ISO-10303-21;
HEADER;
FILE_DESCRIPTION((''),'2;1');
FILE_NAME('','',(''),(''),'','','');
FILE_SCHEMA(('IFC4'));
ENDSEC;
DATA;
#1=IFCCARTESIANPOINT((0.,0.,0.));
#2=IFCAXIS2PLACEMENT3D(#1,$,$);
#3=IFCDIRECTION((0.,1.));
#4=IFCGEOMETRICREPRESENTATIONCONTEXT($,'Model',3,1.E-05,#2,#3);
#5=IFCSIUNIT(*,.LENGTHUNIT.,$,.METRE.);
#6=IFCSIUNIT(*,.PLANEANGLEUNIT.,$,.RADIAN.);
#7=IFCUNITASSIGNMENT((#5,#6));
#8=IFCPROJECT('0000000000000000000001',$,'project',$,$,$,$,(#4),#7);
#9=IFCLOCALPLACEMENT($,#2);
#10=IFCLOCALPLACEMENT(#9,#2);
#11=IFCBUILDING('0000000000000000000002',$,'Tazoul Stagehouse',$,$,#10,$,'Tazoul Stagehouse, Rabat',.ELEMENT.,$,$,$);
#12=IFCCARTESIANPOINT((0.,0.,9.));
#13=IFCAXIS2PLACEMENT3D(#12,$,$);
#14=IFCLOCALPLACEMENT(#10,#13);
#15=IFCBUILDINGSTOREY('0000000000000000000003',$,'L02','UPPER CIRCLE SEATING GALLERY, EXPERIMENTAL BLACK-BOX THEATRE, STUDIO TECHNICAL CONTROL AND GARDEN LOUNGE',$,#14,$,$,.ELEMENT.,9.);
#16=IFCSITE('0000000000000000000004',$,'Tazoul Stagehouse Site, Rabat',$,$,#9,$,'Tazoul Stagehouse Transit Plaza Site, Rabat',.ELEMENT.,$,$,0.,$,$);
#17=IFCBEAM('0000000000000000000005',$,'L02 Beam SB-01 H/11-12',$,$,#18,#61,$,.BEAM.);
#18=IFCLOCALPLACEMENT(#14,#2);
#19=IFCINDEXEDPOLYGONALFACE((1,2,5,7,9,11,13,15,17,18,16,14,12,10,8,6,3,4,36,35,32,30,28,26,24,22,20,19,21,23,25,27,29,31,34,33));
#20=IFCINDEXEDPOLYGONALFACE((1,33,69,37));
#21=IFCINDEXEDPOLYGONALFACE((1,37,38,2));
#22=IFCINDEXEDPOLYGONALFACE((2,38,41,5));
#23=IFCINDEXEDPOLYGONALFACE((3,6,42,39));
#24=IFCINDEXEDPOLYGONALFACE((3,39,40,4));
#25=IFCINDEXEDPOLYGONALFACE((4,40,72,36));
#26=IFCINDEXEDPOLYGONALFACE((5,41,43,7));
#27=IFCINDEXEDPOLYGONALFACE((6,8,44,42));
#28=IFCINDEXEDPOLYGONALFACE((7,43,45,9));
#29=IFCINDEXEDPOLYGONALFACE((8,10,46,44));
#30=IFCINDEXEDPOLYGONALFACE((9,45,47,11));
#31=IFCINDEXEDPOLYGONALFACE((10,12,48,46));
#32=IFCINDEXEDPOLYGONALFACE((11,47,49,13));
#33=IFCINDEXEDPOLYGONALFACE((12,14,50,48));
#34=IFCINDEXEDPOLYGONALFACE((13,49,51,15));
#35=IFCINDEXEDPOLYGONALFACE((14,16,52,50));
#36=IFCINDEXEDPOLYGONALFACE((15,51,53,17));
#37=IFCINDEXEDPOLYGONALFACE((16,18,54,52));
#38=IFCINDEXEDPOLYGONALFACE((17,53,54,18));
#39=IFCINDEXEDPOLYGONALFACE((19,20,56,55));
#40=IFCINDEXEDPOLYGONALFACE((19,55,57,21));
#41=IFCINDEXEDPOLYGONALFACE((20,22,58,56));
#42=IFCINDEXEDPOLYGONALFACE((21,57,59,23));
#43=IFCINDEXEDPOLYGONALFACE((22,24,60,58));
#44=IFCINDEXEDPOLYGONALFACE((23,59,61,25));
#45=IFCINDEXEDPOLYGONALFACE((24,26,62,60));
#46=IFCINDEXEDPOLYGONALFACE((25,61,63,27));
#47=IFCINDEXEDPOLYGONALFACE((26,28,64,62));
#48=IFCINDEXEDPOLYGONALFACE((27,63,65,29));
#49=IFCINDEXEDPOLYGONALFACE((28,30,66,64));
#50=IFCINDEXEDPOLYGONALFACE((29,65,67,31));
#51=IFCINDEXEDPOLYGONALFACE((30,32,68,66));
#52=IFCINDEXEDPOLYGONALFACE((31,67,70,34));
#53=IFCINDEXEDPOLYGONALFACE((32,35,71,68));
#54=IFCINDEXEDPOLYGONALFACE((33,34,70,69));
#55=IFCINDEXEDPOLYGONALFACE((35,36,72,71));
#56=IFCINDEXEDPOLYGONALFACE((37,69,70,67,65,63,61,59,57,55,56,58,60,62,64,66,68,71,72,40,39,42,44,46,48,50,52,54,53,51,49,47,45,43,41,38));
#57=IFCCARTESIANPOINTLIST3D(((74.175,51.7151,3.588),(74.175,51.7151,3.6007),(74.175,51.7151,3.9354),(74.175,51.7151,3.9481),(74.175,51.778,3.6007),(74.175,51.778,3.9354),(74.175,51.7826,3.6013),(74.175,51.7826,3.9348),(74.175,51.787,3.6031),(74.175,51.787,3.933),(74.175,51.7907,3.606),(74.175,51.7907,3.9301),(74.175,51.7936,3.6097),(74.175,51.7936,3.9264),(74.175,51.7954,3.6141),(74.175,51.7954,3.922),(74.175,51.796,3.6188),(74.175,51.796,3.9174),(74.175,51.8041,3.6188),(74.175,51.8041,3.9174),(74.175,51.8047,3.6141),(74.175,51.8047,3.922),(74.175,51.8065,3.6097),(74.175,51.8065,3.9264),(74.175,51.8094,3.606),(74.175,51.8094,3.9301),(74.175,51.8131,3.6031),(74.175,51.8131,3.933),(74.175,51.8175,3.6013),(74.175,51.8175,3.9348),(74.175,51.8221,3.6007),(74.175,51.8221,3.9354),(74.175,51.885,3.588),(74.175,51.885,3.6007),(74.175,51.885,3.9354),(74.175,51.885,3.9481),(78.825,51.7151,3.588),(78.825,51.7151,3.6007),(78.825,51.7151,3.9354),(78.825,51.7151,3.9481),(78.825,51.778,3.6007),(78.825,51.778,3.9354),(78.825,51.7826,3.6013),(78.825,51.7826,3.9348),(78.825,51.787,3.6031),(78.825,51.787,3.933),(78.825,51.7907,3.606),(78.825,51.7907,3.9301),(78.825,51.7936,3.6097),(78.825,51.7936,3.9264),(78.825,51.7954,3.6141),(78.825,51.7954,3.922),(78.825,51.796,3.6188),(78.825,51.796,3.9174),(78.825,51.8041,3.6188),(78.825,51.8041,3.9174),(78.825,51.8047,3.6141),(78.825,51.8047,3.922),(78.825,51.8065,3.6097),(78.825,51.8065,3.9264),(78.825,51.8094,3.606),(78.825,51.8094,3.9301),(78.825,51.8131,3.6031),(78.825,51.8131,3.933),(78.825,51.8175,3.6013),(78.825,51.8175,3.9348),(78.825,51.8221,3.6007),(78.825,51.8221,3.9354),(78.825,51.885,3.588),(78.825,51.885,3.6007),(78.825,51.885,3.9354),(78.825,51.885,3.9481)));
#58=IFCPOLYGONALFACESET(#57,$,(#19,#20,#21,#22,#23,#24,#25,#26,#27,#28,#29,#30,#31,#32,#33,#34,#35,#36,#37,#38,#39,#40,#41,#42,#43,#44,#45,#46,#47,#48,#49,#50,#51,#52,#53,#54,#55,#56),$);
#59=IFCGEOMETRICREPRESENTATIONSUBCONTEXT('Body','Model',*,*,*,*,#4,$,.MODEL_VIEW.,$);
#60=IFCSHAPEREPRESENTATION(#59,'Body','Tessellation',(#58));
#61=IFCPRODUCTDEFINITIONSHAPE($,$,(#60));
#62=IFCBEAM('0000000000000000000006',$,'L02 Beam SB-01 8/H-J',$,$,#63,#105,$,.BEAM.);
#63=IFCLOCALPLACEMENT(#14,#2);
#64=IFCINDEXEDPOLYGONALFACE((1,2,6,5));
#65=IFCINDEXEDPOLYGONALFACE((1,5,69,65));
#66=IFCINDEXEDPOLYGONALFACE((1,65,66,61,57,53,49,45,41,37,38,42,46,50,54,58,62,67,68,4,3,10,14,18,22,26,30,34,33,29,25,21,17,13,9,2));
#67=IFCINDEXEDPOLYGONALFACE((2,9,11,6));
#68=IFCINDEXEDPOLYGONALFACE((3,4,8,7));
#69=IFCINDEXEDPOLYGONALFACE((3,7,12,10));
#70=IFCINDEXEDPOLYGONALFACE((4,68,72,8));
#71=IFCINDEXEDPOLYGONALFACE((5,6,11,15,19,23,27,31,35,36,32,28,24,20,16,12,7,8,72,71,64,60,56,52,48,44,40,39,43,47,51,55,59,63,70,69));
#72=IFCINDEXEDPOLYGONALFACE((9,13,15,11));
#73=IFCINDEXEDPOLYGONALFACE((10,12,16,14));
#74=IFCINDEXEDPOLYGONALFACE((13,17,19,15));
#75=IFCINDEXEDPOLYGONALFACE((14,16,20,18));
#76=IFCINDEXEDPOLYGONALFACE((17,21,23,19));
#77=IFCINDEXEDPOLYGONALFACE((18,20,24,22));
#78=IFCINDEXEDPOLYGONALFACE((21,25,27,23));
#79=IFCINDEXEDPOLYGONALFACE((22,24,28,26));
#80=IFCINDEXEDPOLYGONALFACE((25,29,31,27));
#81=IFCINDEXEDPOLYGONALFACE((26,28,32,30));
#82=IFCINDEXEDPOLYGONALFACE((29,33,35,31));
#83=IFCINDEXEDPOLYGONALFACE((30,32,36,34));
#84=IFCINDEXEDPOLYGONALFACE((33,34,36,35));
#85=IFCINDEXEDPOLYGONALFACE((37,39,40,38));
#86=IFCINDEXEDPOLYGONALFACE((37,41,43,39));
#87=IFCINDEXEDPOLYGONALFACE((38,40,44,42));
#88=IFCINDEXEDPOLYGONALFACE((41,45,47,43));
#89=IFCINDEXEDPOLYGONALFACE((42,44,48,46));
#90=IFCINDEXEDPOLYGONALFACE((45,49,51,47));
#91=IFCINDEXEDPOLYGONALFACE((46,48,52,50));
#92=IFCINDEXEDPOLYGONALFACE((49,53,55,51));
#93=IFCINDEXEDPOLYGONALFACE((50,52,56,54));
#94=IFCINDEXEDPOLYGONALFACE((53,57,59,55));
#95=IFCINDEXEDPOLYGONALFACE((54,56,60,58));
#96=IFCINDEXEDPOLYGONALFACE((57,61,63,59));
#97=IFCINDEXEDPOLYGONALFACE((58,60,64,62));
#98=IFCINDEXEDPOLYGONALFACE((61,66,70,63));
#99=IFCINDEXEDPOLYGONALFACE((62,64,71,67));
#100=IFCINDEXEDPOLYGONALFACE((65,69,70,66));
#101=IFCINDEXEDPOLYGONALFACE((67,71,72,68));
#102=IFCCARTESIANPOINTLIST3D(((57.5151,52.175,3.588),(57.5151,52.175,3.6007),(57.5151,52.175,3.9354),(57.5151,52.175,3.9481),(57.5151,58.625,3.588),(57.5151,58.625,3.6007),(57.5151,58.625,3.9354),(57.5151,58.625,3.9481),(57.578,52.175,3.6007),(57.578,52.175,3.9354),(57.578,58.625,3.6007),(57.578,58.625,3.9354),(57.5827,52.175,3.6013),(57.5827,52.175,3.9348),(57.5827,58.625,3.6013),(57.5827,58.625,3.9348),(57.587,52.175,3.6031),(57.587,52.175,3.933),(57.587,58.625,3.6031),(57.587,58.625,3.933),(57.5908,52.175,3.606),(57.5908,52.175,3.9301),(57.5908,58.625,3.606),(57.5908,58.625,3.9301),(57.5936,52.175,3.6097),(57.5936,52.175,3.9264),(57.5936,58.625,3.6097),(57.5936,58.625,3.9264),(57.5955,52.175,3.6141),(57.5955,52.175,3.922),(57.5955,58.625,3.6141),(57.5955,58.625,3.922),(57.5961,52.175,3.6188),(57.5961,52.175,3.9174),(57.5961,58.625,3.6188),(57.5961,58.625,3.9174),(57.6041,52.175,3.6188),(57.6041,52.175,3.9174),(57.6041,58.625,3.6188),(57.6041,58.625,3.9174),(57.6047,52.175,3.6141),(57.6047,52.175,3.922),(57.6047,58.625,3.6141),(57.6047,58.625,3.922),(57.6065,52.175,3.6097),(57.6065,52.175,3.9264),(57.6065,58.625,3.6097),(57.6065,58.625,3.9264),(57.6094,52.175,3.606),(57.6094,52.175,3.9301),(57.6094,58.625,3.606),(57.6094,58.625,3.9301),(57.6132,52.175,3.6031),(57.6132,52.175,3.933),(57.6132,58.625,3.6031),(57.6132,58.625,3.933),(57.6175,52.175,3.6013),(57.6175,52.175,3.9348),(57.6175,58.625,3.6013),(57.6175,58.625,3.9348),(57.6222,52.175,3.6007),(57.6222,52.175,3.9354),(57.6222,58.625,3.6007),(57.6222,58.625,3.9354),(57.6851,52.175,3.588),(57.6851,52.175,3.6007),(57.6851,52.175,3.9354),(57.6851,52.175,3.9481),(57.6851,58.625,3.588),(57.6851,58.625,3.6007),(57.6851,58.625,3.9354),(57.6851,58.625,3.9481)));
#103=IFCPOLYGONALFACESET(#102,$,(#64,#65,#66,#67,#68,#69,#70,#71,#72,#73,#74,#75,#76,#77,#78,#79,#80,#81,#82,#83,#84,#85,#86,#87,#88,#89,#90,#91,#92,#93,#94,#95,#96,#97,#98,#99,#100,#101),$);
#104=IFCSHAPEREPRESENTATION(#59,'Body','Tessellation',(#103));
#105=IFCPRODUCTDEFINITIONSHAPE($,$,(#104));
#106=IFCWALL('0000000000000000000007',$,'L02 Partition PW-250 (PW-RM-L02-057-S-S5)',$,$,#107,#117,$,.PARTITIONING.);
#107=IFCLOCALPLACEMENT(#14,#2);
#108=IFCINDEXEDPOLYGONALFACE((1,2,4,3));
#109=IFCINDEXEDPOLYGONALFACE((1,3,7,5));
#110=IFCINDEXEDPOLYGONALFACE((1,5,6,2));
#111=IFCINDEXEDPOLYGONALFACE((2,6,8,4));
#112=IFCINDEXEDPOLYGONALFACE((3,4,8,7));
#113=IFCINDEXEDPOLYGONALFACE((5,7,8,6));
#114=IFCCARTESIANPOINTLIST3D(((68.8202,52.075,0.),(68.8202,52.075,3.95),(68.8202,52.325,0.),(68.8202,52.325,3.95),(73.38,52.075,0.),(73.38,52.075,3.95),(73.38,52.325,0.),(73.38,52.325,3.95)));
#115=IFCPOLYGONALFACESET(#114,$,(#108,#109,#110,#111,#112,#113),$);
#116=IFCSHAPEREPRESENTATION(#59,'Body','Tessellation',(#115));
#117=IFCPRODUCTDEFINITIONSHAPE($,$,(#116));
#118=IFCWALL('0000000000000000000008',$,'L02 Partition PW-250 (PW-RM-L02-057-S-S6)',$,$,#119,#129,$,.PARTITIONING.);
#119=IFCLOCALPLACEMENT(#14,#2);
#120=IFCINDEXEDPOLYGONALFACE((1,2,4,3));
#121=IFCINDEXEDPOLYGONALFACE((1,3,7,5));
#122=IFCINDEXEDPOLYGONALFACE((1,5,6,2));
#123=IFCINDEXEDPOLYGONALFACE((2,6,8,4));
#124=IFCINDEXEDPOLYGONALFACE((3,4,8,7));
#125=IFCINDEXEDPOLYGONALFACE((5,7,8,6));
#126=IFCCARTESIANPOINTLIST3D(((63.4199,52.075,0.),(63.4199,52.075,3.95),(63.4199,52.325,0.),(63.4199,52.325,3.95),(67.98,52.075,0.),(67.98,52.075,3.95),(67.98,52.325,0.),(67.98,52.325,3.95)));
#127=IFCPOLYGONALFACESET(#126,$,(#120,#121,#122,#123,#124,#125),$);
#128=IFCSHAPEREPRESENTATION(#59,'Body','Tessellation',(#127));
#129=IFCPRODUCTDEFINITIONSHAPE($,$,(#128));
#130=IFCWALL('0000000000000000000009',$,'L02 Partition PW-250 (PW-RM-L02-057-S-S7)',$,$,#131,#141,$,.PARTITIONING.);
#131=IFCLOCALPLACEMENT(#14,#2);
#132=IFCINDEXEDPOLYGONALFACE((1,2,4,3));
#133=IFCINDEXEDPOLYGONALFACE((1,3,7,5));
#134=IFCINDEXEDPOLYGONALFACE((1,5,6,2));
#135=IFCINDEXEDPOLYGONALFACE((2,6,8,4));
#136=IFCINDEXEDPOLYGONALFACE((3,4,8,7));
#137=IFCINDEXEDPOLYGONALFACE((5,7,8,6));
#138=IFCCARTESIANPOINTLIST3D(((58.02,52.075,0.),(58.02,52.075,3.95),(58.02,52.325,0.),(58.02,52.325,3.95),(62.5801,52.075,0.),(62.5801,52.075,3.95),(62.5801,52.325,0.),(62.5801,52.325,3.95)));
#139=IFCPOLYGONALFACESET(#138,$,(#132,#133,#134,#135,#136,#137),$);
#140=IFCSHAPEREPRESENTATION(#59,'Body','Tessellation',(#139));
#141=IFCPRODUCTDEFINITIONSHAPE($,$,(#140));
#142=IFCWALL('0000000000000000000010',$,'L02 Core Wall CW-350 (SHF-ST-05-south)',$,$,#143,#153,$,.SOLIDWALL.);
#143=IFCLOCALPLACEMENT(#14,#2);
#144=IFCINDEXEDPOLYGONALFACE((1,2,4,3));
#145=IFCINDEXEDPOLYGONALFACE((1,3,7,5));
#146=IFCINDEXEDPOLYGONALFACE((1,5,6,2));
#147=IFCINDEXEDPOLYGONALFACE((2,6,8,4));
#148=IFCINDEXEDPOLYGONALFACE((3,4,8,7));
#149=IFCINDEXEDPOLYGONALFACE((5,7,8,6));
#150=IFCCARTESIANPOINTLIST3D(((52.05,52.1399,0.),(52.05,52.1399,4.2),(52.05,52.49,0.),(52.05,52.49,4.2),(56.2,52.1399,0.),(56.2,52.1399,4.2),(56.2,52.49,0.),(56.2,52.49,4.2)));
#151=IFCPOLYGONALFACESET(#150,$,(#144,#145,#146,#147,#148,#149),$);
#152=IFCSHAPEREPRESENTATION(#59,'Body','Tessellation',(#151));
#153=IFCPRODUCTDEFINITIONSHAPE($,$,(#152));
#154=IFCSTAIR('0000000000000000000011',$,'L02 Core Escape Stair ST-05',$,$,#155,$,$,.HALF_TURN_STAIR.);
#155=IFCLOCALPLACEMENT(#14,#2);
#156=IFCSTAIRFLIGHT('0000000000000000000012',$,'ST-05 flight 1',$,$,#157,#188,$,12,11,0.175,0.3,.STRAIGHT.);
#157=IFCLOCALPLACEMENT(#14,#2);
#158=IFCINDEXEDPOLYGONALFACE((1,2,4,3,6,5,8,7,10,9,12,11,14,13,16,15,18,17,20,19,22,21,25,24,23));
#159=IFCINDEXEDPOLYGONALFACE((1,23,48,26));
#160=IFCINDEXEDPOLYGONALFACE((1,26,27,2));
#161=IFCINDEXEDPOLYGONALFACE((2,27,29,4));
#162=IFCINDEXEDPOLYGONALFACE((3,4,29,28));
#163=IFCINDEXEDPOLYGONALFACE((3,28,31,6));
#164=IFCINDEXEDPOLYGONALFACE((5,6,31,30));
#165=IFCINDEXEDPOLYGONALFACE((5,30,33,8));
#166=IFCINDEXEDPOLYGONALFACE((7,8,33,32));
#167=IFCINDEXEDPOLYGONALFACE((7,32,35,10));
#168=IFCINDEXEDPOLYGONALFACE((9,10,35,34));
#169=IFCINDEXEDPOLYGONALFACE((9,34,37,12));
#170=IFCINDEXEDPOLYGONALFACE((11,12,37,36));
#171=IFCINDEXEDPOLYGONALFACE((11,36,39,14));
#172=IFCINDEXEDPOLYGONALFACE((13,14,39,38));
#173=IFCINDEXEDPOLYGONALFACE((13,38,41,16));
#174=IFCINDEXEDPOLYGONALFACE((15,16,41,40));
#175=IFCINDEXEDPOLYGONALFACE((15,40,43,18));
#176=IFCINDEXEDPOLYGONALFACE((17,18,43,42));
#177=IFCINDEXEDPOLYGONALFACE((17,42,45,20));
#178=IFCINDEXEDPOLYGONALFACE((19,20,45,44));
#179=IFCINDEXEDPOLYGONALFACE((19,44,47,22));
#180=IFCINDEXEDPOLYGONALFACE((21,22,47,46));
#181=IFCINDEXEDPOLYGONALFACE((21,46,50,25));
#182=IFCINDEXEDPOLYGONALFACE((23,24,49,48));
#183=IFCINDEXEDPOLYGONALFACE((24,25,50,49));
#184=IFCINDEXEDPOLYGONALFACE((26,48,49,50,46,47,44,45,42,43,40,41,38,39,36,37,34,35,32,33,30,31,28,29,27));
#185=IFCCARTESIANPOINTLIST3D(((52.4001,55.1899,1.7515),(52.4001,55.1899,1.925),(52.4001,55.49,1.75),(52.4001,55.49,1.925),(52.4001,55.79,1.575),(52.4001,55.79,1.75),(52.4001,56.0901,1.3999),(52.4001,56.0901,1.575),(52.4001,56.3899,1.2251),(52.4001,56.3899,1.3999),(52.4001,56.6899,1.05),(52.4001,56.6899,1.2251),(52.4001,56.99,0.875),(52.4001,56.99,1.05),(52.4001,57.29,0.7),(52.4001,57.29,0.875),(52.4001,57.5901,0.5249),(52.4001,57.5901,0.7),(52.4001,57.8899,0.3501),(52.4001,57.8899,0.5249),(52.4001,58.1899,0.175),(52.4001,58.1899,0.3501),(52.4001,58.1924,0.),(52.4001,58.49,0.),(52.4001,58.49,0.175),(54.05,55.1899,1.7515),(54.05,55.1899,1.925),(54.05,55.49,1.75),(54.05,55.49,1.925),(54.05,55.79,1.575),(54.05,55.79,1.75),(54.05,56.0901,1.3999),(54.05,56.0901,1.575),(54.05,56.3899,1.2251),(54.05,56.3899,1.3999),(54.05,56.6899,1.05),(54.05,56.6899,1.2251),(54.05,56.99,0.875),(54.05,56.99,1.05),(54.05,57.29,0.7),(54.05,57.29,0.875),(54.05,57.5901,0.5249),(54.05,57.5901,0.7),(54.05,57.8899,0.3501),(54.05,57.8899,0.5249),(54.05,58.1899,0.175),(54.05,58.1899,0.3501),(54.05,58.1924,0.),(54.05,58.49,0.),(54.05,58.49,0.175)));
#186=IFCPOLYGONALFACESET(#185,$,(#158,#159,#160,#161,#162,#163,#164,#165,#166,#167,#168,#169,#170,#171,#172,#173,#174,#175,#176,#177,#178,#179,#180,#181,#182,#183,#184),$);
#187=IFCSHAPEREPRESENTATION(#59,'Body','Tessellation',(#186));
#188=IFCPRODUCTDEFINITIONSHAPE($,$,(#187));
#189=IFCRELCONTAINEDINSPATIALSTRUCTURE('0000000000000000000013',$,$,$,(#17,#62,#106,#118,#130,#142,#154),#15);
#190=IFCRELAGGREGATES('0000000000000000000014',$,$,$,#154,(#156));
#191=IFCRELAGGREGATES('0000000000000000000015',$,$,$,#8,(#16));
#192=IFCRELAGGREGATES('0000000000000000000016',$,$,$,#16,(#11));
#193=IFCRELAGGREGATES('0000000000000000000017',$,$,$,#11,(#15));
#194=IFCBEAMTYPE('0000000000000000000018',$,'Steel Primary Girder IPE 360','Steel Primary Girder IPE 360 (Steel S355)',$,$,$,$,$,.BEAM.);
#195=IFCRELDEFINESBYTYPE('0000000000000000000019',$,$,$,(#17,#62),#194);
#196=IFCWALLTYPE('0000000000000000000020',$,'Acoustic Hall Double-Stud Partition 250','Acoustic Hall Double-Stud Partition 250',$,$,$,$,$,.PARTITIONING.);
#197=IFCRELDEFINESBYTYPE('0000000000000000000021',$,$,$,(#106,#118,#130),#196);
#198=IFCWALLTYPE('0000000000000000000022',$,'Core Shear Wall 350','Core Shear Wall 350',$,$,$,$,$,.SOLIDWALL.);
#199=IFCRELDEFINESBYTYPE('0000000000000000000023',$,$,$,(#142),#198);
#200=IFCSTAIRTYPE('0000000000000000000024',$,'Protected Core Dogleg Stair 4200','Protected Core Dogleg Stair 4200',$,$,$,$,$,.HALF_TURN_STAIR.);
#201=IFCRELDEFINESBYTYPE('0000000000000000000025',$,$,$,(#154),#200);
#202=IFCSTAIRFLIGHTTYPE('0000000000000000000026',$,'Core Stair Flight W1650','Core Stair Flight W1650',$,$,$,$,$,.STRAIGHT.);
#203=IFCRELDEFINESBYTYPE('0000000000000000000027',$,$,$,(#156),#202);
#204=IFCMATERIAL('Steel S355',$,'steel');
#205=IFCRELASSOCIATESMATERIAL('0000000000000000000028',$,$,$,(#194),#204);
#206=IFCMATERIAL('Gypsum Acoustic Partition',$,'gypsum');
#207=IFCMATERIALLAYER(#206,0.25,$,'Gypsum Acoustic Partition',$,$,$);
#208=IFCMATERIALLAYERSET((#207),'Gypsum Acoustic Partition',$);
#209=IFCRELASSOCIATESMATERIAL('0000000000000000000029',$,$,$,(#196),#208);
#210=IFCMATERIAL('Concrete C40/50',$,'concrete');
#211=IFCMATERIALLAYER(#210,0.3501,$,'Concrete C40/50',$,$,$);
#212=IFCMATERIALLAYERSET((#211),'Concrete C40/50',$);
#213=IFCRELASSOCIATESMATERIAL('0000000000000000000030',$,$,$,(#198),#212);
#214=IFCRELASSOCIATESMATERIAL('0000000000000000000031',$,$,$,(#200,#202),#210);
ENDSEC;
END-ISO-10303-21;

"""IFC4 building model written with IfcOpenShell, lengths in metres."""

from ifc_helpers import new_model, si_unit, direction, frame, frame_2d, origin, origin_2d, place, context, subcontext, project, spatial, polyline, rectangle, i_section, outline, extrude, material, layer, layer_set, material_profile, profile_set, type_object, element, aggregate, save


model = new_model("IFC4")

# Units and contexts
model_context = context("Model", 3, precision=1e-05, world=origin(), true_north=direction((0.0, 1.0)))
body_context = subcontext(model_context, "Body", "Model", "MODEL_VIEW")
ifc_project = project(units=[si_unit("LENGTHUNIT", "METRE"), si_unit("PLANEANGLEUNIT", "RADIAN")], contexts=[model_context])

# Site, building, storey
site_placement = place(None, origin())
site = spatial("IfcSite", under=ifc_project, at=site_placement, Name="Tazoul Stagehouse Site, Rabat", LongName="Tazoul Stagehouse Transit Plaza Site, Rabat", CompositionType="ELEMENT", RefElevation=0.0)
building_placement = place(site_placement, origin())
building = spatial("IfcBuilding", under=site, at=building_placement, Name="Tazoul Stagehouse", LongName="Tazoul Stagehouse, Rabat", CompositionType="ELEMENT")
storey_placement = place(building_placement, frame((0.0, 0.0, 9.0)))
storey = spatial("IfcBuildingStorey", under=building, at=storey_placement, Name="L02", Description="UPPER CIRCLE SEATING GALLERY, EXPERIMENTAL BLACK-BOX THEATRE, STUDIO TECHNICAL CONTROL AND GARDEN LOUNGE", CompositionType="ELEMENT", Elevation=9.0)

# Shared definitions
ifc_material_1 = material(Name="Concrete C40/50", Category="concrete")

# Beams
ifc_material_2 = material(Name="Steel S355", Category="steel")
ifc_material_profile_1 = material_profile(ifc_material_2, i_section(OverallWidth=0.1699, OverallDepth=0.3601, WebThickness=0.0081, FlangeThickness=0.0127, FilletRadius=0.0181, at=origin_2d()), Name="IPE 360")
ifc_profile_set_1 = profile_set([ifc_material_profile_1], Name="Steel S355")
beam_type = type_object("IfcBeamType", Name="Steel Primary Girder IPE 360", Description="Steel Primary Girder IPE 360 (Steel S355)", PredefinedType="BEAM", material=ifc_profile_set_1)
beam_1_placement = place(storey_placement, frame((74.175, 51.8, 3.7681), z_axis=(1.0, 0.0, 0.0), x_axis=(0.0, 1.0, 0.0)))
element("IfcBeam", 1, at=beam_1_placement, inside=storey, type_object=beam_type, Name="L02 Beam SB-01 H/11-12", PredefinedType="BEAM", context=body_context, shape_type="SweptSolid", body=[
    extrude(i_section(OverallWidth=0.1699, OverallDepth=0.3601, WebThickness=0.0081, FlangeThickness=0.0127, FilletRadius=0.0181, at=origin_2d()), origin(), (0.0, 0.0, 1.0), 4.6499),
])
beam_2_placement = place(storey_placement, frame((57.6001, 52.175, 3.7681), z_axis=(0.0, 1.0, 0.0), x_axis=(-1.0, 0.0, 0.0)))
element("IfcBeam", 2, at=beam_2_placement, inside=storey, type_object=beam_type, Name="L02 Beam SB-01 8/H-J", PredefinedType="BEAM", context=body_context, shape_type="SweptSolid", body=[
    extrude(i_section(OverallWidth=0.1699, OverallDepth=0.3601, WebThickness=0.0081, FlangeThickness=0.0127, FilletRadius=0.0181, at=origin_2d()), origin(), (0.0, 0.0, 1.0), 6.45),
])

# Walls
ifc_material_3 = material(Name="Gypsum Acoustic Partition", Category="gypsum")
ifc_layer_1 = layer(ifc_material_3, 0.25, Name="Gypsum Acoustic Partition")
ifc_layer_set_1 = layer_set([ifc_layer_1], Name="Gypsum Acoustic Partition")
wall_type_1 = type_object("IfcWallType", Name="Acoustic Hall Double-Stud Partition 250", Description="Acoustic Hall Double-Stud Partition 250", PredefinedType="PARTITIONING", material=ifc_layer_set_1)
wall_1_placement = place(storey_placement, frame((73.3799, 52.2, 0.0), z_axis=(0.0, 0.0, 1.0), x_axis=(-1.0, 0.0, 0.0)))
element("IfcWall", 3, at=wall_1_placement, inside=storey, type_object=wall_type_1, Name="L02 Partition PW-250 (PW-RM-L02-057-S-S5)", PredefinedType="PARTITIONING", context=body_context, shape_type="SweptSolid", body=[
    extrude(rectangle(XDim=4.5598, YDim=0.25, at=frame_2d((2.2798, 0.0))), origin(), (0.0, 0.0, 1.0), 3.95),
])
for number, where, z_axis, x_axis, name in (
    (4, (67.98, 52.2, 0.0), (0.0, 0.0, 1.0), (-1.0, 0.0, 0.0), "L02 Partition PW-250 (PW-RM-L02-057-S-S6)"),
    (5, (62.5801, 52.2, 0.0), (0.0, 0.0, 1.0), (-1.0, 0.0, 0.0), "L02 Partition PW-250 (PW-RM-L02-057-S-S7)"),
):
    element("IfcWall", number, at=place(storey_placement, frame(where, z_axis=z_axis, x_axis=x_axis)), inside=storey, type_object=wall_type_1, Name=name, PredefinedType="PARTITIONING", context=body_context, shape_type="SweptSolid", body=[
        extrude(rectangle(XDim=4.5601, YDim=0.25, at=frame_2d((2.28, 0.0))), origin(), (0.0, 0.0, 1.0), 3.95),
    ])
ifc_layer_2 = layer(ifc_material_1, 0.3501, Name="Concrete C40/50")
ifc_layer_set_2 = layer_set([ifc_layer_2], Name="Concrete C40/50")
wall_type_2 = type_object("IfcWallType", Name="Core Shear Wall 350", Description="Core Shear Wall 350", PredefinedType="SOLIDWALL", material=ifc_layer_set_2)
wall_2_placement = place(storey_placement, frame((56.2, 52.3149, 0.0), z_axis=(0.0, 0.0, 1.0), x_axis=(-1.0, 0.0, 0.0)))
element("IfcWall", 6, at=wall_2_placement, inside=storey, type_object=wall_type_2, Name="L02 Core Wall CW-350 (SHF-ST-05-south)", PredefinedType="SOLIDWALL", context=body_context, shape_type="SweptSolid", body=[
    extrude(rectangle(XDim=4.1499, YDim=0.3501, at=frame_2d((2.075, 0.0))), origin(), (0.0, 0.0, 1.0), 4.2),
])

# Stair, stair flight
stair_type = type_object("IfcStairType", Name="Protected Core Dogleg Stair 4200", Description="Protected Core Dogleg Stair 4200", PredefinedType="HALF_TURN_STAIR", material=ifc_material_1)
stair_placement = place(storey_placement, origin())
stair = element("IfcStair", 7, at=stair_placement, inside=storey, type_object=stair_type, Name="L02 Core Escape Stair ST-05", PredefinedType="HALF_TURN_STAIR")
stair_flight_type = type_object("IfcStairFlightType", Name="Core Stair Flight W1650", Description="Core Stair Flight W1650", PredefinedType="STRAIGHT", material=ifc_material_1)
stair_flight_1_placement = place(storey_placement, frame((53.2251, 58.49, 0.0), z_axis=(0.0, 0.0, 1.0), x_axis=(0.0, -1.0, 0.0)))
stair_flight_1 = element("IfcStairFlight", 8, at=stair_flight_1_placement, type_object=stair_flight_type, Name="ST-05 flight 1", NumberOfRisers=12, NumberOfTreads=11, PredefinedType="STRAIGHT", RiserHeight=0.175, TreadLength=0.3, context=body_context, shape_type="SweptSolid", body=[
    extrude(outline(polyline([(0.0, 0.0), (0.0, 0.175), (0.3, 0.175), (0.3, 0.3501), (0.6001, 0.3501), (0.6001, 0.5249), (0.8999, 0.5249), (0.8999, 0.7), (1.2, 0.7), (1.2, 0.875), (1.5, 0.875), (1.5, 1.05), (1.8, 1.05), (1.8, 1.2251), (2.1001, 1.2251), (2.1001, 1.3999), (2.3999, 1.3999), (2.3999, 1.575), (2.7, 1.575), (2.7, 1.75), (3.0, 1.75), (3.0, 1.925), (3.3, 1.925), (3.3, 2.1001), (3.3, 1.7515), (0.2976, 0.0), (0.0, 0.0)])), frame((0.0, 0.825, 0.0), z_axis=(0.0, -1.0, 0.0), x_axis=(1.0, 0.0, 0.0)), (0.0, 0.0, 1.0), 1.6499),
])
aggregate(stair, [stair_flight_1])

save(model, "model.ifc")
